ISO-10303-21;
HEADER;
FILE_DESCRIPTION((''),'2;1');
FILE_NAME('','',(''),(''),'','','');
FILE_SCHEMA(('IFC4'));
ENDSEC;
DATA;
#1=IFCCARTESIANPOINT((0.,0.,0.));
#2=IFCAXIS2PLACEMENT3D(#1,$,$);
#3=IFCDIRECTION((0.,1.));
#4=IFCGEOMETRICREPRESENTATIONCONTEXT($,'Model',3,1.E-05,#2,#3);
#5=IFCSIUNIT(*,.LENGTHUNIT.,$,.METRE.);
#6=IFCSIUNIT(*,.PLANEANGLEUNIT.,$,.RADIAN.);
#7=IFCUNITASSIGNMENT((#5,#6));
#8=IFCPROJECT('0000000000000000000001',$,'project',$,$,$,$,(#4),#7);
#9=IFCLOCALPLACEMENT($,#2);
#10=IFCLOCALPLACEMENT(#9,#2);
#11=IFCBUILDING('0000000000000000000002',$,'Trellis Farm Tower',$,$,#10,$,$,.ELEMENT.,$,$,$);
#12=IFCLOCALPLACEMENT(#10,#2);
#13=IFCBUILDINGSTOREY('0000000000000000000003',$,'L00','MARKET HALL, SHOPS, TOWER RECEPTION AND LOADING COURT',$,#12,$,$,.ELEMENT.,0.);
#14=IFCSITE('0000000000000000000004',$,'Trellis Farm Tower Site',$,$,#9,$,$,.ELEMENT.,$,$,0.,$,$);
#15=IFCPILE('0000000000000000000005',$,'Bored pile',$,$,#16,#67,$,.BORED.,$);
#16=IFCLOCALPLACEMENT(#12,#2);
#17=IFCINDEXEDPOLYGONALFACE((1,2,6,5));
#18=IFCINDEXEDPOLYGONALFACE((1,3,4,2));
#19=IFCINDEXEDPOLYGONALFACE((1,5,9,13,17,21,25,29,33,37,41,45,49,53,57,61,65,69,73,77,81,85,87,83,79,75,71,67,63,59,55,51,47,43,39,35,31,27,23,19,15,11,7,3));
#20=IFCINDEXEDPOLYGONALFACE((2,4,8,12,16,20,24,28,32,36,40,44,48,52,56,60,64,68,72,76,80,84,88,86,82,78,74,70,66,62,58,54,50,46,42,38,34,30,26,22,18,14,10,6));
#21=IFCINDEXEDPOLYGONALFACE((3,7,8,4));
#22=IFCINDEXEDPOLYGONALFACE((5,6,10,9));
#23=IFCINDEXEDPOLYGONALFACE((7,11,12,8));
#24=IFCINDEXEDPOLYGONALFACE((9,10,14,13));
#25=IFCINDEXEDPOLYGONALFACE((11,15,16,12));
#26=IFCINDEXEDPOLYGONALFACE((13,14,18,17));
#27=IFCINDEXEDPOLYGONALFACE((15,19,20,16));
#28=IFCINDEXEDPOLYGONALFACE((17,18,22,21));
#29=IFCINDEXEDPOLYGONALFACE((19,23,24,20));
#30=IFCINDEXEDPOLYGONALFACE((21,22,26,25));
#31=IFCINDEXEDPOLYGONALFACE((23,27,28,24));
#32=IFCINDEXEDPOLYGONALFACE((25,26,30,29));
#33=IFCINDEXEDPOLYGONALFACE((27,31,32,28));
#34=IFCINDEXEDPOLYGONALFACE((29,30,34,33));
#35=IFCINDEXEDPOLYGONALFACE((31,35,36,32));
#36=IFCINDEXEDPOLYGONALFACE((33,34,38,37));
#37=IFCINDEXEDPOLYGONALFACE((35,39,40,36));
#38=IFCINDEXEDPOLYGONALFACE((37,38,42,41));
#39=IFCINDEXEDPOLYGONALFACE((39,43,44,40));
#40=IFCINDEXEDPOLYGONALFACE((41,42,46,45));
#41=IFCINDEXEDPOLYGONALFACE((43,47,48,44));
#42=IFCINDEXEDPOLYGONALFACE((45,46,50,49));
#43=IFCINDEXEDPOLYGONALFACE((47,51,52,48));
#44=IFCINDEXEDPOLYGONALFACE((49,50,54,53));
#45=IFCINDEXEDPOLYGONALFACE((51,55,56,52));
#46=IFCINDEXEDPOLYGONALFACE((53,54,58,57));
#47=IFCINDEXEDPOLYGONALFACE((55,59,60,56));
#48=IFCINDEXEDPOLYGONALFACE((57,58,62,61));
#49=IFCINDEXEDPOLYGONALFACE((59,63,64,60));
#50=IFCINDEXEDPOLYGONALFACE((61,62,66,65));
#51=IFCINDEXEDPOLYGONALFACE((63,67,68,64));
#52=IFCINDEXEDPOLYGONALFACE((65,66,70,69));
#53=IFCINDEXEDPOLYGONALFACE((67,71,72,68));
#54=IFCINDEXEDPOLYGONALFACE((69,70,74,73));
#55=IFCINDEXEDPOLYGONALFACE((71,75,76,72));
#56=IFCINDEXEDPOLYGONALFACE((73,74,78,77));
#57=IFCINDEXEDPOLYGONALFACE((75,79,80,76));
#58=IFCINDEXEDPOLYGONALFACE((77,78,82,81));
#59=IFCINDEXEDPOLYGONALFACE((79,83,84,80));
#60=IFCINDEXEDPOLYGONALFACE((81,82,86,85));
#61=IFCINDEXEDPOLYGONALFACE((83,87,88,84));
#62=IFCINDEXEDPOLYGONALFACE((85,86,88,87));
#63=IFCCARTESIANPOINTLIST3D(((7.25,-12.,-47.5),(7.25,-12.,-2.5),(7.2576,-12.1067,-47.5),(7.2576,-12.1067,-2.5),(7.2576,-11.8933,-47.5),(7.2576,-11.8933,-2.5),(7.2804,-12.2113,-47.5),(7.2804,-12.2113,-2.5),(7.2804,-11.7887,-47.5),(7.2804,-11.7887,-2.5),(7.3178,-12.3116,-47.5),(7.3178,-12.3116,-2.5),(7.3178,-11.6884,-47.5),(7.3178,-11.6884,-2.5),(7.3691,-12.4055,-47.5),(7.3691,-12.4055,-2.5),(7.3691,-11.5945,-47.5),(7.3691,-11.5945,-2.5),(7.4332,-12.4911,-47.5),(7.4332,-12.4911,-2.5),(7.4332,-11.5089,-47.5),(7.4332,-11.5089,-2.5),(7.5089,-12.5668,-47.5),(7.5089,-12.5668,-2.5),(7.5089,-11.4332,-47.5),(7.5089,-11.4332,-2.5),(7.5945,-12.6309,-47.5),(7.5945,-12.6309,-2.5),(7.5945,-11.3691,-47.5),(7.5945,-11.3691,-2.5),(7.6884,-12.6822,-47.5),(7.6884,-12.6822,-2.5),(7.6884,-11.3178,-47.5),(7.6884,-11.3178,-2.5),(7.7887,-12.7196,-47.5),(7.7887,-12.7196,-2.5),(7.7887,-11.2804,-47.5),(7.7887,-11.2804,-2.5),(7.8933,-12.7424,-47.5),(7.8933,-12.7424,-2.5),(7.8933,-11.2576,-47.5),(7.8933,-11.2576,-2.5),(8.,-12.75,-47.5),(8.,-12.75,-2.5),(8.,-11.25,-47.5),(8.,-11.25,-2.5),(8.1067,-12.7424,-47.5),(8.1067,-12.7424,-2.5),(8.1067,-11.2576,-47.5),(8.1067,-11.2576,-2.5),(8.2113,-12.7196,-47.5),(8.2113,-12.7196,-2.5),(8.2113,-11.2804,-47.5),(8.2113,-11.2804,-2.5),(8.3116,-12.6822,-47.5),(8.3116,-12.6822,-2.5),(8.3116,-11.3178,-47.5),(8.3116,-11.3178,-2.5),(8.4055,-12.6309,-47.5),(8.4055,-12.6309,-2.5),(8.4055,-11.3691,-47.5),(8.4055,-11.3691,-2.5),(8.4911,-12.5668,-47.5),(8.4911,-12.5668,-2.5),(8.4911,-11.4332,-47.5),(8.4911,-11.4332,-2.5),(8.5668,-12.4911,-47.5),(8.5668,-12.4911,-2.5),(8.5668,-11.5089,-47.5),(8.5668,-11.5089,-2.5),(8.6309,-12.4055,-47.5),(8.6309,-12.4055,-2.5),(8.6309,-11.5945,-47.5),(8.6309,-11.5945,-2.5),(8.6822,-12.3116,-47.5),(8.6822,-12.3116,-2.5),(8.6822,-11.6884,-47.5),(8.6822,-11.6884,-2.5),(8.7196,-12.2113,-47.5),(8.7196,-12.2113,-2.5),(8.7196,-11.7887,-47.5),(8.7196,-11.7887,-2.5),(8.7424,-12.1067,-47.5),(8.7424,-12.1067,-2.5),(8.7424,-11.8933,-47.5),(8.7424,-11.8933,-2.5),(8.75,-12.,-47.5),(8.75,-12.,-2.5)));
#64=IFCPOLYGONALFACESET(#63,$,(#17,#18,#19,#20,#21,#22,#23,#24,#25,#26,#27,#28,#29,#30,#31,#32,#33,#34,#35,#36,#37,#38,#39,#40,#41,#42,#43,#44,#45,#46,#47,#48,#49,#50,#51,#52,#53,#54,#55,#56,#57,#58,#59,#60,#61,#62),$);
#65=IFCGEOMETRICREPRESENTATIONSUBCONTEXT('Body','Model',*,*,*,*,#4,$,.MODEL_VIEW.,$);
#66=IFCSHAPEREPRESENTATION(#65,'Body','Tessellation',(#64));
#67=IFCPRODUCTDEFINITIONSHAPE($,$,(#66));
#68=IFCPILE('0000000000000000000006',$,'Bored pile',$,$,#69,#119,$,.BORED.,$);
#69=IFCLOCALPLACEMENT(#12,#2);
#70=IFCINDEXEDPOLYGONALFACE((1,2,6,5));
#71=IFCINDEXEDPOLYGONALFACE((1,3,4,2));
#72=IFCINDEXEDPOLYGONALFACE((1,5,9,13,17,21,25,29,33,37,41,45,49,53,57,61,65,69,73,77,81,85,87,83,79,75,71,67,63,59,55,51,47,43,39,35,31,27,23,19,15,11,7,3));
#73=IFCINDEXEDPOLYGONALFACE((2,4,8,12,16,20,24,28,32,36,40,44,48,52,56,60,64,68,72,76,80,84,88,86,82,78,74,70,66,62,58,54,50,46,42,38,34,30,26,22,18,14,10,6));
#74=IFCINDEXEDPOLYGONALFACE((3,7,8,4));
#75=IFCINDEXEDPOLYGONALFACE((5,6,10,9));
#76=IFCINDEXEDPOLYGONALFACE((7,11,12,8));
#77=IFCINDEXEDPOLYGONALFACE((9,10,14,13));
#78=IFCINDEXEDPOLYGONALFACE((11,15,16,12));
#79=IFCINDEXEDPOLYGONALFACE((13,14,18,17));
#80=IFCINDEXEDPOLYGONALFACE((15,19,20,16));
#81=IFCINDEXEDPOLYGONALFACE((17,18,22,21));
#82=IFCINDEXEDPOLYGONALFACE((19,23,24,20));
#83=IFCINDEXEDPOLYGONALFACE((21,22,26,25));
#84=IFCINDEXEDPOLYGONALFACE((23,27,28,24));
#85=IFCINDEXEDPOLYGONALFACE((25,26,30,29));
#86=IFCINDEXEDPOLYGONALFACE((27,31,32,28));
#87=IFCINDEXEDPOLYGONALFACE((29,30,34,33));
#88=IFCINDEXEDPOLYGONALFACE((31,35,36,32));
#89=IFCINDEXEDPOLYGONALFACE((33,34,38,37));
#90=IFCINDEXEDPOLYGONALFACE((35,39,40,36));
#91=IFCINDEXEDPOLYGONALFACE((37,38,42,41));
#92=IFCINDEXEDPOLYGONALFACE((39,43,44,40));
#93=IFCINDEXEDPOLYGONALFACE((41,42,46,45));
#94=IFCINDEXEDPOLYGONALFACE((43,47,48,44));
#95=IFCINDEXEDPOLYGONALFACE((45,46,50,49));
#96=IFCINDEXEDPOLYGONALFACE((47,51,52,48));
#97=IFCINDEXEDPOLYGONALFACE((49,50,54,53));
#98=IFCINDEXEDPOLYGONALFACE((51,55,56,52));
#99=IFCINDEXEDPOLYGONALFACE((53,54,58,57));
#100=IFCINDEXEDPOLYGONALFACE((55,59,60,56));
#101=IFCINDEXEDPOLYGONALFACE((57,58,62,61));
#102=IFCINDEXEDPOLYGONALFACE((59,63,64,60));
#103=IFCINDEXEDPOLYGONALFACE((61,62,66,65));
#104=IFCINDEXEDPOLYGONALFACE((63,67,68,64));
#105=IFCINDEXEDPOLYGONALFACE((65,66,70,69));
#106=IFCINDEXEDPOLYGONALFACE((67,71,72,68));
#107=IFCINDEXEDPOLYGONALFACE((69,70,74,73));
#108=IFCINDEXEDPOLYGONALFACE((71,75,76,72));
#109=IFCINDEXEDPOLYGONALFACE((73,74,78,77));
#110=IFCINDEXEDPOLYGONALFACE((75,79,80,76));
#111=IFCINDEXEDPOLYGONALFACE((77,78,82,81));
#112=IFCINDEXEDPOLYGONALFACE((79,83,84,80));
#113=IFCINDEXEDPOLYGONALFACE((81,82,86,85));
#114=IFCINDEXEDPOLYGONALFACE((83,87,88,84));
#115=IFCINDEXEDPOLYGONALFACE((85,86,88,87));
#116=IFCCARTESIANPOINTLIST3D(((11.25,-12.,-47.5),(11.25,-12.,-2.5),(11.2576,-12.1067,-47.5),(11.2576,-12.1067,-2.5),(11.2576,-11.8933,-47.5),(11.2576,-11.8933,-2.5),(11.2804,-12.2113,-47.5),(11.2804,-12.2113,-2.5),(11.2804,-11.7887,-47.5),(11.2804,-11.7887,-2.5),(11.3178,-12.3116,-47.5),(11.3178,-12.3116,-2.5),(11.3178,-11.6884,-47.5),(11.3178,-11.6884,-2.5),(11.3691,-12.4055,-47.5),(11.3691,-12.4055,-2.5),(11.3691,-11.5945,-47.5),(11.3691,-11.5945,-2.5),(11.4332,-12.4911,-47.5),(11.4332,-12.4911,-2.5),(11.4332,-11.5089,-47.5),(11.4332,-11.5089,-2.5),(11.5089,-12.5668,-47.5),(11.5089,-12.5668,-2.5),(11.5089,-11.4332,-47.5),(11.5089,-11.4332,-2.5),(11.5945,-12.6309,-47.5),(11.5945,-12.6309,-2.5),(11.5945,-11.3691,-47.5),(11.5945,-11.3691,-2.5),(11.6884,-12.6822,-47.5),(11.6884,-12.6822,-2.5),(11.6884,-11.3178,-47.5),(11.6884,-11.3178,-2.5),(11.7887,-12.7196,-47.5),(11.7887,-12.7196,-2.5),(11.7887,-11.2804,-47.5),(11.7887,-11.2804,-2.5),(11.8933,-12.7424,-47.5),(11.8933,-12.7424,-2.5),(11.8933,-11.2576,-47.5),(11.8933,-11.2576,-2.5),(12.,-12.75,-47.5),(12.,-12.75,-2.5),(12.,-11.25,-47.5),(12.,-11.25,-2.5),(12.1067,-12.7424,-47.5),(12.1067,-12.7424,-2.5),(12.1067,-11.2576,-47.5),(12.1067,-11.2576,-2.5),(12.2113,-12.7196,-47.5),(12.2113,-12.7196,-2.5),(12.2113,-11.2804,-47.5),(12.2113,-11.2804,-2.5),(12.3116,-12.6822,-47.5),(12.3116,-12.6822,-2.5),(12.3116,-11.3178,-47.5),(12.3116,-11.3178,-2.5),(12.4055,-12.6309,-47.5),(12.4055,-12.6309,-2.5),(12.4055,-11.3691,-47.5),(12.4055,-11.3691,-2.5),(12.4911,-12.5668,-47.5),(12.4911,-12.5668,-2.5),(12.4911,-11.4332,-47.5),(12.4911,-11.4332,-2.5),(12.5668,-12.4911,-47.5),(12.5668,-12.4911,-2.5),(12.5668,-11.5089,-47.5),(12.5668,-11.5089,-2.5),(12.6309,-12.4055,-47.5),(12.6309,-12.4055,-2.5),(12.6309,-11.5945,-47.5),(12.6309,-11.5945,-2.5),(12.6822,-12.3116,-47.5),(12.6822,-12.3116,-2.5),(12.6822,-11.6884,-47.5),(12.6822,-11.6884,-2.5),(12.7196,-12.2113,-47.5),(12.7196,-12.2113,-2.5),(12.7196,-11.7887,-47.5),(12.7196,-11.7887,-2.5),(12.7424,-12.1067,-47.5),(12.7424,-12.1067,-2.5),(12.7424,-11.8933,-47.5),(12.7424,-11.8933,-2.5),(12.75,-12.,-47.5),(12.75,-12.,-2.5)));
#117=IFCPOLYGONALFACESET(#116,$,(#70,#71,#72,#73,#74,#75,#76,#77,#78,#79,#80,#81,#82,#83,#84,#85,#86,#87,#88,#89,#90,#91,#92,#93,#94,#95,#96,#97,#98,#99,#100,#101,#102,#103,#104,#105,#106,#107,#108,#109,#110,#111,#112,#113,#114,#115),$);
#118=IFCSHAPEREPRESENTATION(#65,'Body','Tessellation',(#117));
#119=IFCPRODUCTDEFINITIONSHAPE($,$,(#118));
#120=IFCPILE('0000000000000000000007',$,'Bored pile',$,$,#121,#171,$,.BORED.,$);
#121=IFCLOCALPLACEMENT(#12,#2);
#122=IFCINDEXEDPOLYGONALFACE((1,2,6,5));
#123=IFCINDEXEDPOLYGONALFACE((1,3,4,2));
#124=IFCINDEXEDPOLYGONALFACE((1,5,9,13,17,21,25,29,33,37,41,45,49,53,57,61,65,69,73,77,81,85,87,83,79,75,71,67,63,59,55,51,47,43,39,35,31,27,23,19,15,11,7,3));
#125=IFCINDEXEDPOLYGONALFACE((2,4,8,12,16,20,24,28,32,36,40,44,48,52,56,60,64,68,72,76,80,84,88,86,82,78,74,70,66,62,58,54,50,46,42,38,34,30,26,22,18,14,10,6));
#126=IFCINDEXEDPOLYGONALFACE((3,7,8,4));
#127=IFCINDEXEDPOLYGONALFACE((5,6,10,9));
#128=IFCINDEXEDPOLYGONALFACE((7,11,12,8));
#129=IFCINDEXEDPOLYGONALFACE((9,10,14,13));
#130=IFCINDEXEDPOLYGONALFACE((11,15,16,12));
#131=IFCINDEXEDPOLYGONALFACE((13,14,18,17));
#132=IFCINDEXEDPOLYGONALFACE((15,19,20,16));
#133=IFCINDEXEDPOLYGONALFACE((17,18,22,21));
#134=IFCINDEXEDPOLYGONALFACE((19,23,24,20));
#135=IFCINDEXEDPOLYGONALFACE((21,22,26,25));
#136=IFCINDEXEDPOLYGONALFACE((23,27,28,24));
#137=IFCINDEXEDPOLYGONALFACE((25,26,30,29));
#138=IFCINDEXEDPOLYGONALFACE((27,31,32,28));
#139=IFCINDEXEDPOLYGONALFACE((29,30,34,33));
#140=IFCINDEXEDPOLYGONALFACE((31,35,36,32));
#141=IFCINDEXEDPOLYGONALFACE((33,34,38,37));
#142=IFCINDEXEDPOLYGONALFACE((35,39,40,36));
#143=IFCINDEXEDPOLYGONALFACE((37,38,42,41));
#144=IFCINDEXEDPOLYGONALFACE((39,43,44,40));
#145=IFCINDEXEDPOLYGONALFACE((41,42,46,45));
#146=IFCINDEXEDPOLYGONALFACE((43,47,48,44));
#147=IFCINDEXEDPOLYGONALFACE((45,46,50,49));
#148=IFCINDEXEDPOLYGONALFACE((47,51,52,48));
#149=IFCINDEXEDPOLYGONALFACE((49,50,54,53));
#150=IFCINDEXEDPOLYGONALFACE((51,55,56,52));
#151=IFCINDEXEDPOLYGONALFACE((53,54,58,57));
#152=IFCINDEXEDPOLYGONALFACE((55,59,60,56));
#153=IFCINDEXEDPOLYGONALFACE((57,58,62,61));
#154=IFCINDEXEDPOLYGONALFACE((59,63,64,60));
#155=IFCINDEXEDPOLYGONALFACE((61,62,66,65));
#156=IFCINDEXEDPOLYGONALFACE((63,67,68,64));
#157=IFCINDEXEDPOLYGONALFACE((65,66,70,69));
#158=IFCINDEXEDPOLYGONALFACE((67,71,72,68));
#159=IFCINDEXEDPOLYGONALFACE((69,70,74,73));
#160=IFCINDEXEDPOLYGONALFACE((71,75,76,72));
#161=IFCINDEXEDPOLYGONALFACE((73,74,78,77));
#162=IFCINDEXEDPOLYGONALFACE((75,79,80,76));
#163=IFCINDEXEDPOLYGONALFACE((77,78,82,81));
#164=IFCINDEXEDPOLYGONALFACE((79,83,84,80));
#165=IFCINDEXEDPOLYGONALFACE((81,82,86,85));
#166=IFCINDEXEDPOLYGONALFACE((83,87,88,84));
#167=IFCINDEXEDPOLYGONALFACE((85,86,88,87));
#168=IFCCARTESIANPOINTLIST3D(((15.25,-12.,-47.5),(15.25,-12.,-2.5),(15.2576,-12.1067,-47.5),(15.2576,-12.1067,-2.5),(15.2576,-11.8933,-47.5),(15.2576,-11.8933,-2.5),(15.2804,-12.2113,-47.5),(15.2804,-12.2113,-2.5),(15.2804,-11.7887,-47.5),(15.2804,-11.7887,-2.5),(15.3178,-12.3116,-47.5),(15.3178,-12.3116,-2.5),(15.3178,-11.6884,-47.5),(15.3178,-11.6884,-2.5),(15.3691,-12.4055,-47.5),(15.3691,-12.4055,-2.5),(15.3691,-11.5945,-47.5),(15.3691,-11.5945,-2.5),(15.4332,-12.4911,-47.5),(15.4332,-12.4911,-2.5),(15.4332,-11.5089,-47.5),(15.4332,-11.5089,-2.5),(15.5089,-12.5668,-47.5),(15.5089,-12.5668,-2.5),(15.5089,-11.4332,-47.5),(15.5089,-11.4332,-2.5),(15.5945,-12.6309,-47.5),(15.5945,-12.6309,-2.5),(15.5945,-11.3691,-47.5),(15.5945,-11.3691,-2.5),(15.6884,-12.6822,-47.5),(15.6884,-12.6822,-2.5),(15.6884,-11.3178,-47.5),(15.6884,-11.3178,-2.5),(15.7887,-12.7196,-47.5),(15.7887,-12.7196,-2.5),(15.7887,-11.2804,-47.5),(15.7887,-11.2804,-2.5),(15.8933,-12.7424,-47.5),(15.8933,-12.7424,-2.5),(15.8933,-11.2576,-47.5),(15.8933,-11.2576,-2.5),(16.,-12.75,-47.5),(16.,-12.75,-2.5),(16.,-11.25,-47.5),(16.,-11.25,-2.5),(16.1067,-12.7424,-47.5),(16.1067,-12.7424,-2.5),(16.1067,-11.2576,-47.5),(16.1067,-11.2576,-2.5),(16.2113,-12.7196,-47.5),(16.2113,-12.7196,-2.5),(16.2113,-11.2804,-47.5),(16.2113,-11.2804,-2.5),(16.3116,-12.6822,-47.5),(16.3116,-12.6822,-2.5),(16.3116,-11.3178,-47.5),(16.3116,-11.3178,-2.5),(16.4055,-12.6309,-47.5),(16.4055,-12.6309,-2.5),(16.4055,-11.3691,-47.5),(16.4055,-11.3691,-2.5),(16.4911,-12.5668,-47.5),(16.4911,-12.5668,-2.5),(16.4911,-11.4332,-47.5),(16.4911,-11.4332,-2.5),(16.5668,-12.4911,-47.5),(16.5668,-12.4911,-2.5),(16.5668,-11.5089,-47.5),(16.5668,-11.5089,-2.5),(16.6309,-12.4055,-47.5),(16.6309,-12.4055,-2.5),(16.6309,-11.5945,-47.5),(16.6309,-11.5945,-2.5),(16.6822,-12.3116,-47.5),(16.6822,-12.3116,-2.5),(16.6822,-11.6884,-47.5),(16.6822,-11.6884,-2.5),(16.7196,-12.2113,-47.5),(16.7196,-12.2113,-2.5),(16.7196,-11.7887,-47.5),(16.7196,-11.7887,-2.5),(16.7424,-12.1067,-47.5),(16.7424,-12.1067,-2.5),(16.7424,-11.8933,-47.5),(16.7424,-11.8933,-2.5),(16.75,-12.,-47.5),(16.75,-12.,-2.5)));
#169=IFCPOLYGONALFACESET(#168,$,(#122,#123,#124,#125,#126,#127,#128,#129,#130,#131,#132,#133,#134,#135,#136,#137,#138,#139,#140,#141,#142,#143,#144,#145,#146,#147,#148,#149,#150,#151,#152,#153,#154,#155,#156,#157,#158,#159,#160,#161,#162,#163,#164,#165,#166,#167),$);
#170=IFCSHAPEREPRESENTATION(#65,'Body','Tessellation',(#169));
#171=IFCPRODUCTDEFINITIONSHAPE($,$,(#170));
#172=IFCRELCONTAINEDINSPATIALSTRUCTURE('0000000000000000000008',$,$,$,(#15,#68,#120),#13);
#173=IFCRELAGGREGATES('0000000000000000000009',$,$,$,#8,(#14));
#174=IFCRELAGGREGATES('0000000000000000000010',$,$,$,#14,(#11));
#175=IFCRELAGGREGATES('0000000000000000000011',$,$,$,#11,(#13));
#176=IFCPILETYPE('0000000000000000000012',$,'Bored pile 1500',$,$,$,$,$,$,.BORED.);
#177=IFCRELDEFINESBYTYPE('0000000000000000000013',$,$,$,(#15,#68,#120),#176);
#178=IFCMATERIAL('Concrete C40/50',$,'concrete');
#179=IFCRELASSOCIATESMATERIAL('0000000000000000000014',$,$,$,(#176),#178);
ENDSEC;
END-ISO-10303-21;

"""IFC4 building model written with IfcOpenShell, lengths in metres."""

from ifc_helpers import new_model, si_unit, direction, frame, origin, origin_2d, place, context, subcontext, project, spatial, circle, extrude, source, transform, mapped, material, material_profile, profile_set, type_object, element, save


model = new_model("IFC4")

# Units and contexts
model_context = context("Model", 3, precision=1e-05, world=origin(), true_north=direction((0.0, 1.0)))
body_context = subcontext(model_context, "Body", "Model", "MODEL_VIEW")
ifc_project = project(units=[si_unit("LENGTHUNIT", "METRE"), si_unit("PLANEANGLEUNIT", "RADIAN")], contexts=[model_context])

# Site, building, storey
site_placement = place(None, origin())
site = spatial("IfcSite", under=ifc_project, at=site_placement, Name="Trellis Farm Tower Site", CompositionType="ELEMENT", RefElevation=0.0)
building_placement = place(site_placement, origin())
building = spatial("IfcBuilding", under=site, at=building_placement, Name="Trellis Farm Tower", CompositionType="ELEMENT")
storey_placement = place(building_placement, origin())
storey = spatial("IfcBuildingStorey", under=building, at=storey_placement, Name="L00", Description="MARKET HALL, SHOPS, TOWER RECEPTION AND LOADING COURT", CompositionType="ELEMENT", Elevation=0.0)

# Piles
ifc_material_1 = material(Name="Concrete C40/50", Category="concrete")
ifc_material_profile = material_profile(ifc_material_1, circle(Radius=0.75, at=origin_2d()), Name="Bored pile 1500")
ifc_profile_set = profile_set([ifc_material_profile], Name="Concrete C40/50")
pile_type = type_object("IfcPileType", Name="Bored pile 1500", PredefinedType="BORED", material=ifc_profile_set)
shared_shape_1 = source(origin(), body_context, "Body", "SweptSolid", [
    extrude(circle(Radius=0.75, at=origin_2d()), origin(), (0.0, 0.0, 1.0), 45.0),
])
for number, where, z_axis, x_axis, name in (
    (1, (8.0, -12.0, -2.5), (0.0, 0.0, -1.0), (1.0, 0.0, 0.0), "Bored pile"),
    (2, (12.0, -12.0, -2.5), (0.0, 0.0, -1.0), (1.0, 0.0, 0.0), "Bored pile"),
    (3, (16.0, -12.0, -2.5), (0.0, 0.0, -1.0), (1.0, 0.0, 0.0), "Bored pile"),
):
    element("IfcPile", number, at=place(storey_placement, frame(where, z_axis=z_axis, x_axis=x_axis)), inside=storey, type_object=pile_type, Name=name, PredefinedType="BORED", context=body_context, shape_type="MappedRepresentation", body=[
        mapped(shared_shape_1, transform((0.0, 0.0, 0.0))),
    ])

save(model, "model.ifc")
